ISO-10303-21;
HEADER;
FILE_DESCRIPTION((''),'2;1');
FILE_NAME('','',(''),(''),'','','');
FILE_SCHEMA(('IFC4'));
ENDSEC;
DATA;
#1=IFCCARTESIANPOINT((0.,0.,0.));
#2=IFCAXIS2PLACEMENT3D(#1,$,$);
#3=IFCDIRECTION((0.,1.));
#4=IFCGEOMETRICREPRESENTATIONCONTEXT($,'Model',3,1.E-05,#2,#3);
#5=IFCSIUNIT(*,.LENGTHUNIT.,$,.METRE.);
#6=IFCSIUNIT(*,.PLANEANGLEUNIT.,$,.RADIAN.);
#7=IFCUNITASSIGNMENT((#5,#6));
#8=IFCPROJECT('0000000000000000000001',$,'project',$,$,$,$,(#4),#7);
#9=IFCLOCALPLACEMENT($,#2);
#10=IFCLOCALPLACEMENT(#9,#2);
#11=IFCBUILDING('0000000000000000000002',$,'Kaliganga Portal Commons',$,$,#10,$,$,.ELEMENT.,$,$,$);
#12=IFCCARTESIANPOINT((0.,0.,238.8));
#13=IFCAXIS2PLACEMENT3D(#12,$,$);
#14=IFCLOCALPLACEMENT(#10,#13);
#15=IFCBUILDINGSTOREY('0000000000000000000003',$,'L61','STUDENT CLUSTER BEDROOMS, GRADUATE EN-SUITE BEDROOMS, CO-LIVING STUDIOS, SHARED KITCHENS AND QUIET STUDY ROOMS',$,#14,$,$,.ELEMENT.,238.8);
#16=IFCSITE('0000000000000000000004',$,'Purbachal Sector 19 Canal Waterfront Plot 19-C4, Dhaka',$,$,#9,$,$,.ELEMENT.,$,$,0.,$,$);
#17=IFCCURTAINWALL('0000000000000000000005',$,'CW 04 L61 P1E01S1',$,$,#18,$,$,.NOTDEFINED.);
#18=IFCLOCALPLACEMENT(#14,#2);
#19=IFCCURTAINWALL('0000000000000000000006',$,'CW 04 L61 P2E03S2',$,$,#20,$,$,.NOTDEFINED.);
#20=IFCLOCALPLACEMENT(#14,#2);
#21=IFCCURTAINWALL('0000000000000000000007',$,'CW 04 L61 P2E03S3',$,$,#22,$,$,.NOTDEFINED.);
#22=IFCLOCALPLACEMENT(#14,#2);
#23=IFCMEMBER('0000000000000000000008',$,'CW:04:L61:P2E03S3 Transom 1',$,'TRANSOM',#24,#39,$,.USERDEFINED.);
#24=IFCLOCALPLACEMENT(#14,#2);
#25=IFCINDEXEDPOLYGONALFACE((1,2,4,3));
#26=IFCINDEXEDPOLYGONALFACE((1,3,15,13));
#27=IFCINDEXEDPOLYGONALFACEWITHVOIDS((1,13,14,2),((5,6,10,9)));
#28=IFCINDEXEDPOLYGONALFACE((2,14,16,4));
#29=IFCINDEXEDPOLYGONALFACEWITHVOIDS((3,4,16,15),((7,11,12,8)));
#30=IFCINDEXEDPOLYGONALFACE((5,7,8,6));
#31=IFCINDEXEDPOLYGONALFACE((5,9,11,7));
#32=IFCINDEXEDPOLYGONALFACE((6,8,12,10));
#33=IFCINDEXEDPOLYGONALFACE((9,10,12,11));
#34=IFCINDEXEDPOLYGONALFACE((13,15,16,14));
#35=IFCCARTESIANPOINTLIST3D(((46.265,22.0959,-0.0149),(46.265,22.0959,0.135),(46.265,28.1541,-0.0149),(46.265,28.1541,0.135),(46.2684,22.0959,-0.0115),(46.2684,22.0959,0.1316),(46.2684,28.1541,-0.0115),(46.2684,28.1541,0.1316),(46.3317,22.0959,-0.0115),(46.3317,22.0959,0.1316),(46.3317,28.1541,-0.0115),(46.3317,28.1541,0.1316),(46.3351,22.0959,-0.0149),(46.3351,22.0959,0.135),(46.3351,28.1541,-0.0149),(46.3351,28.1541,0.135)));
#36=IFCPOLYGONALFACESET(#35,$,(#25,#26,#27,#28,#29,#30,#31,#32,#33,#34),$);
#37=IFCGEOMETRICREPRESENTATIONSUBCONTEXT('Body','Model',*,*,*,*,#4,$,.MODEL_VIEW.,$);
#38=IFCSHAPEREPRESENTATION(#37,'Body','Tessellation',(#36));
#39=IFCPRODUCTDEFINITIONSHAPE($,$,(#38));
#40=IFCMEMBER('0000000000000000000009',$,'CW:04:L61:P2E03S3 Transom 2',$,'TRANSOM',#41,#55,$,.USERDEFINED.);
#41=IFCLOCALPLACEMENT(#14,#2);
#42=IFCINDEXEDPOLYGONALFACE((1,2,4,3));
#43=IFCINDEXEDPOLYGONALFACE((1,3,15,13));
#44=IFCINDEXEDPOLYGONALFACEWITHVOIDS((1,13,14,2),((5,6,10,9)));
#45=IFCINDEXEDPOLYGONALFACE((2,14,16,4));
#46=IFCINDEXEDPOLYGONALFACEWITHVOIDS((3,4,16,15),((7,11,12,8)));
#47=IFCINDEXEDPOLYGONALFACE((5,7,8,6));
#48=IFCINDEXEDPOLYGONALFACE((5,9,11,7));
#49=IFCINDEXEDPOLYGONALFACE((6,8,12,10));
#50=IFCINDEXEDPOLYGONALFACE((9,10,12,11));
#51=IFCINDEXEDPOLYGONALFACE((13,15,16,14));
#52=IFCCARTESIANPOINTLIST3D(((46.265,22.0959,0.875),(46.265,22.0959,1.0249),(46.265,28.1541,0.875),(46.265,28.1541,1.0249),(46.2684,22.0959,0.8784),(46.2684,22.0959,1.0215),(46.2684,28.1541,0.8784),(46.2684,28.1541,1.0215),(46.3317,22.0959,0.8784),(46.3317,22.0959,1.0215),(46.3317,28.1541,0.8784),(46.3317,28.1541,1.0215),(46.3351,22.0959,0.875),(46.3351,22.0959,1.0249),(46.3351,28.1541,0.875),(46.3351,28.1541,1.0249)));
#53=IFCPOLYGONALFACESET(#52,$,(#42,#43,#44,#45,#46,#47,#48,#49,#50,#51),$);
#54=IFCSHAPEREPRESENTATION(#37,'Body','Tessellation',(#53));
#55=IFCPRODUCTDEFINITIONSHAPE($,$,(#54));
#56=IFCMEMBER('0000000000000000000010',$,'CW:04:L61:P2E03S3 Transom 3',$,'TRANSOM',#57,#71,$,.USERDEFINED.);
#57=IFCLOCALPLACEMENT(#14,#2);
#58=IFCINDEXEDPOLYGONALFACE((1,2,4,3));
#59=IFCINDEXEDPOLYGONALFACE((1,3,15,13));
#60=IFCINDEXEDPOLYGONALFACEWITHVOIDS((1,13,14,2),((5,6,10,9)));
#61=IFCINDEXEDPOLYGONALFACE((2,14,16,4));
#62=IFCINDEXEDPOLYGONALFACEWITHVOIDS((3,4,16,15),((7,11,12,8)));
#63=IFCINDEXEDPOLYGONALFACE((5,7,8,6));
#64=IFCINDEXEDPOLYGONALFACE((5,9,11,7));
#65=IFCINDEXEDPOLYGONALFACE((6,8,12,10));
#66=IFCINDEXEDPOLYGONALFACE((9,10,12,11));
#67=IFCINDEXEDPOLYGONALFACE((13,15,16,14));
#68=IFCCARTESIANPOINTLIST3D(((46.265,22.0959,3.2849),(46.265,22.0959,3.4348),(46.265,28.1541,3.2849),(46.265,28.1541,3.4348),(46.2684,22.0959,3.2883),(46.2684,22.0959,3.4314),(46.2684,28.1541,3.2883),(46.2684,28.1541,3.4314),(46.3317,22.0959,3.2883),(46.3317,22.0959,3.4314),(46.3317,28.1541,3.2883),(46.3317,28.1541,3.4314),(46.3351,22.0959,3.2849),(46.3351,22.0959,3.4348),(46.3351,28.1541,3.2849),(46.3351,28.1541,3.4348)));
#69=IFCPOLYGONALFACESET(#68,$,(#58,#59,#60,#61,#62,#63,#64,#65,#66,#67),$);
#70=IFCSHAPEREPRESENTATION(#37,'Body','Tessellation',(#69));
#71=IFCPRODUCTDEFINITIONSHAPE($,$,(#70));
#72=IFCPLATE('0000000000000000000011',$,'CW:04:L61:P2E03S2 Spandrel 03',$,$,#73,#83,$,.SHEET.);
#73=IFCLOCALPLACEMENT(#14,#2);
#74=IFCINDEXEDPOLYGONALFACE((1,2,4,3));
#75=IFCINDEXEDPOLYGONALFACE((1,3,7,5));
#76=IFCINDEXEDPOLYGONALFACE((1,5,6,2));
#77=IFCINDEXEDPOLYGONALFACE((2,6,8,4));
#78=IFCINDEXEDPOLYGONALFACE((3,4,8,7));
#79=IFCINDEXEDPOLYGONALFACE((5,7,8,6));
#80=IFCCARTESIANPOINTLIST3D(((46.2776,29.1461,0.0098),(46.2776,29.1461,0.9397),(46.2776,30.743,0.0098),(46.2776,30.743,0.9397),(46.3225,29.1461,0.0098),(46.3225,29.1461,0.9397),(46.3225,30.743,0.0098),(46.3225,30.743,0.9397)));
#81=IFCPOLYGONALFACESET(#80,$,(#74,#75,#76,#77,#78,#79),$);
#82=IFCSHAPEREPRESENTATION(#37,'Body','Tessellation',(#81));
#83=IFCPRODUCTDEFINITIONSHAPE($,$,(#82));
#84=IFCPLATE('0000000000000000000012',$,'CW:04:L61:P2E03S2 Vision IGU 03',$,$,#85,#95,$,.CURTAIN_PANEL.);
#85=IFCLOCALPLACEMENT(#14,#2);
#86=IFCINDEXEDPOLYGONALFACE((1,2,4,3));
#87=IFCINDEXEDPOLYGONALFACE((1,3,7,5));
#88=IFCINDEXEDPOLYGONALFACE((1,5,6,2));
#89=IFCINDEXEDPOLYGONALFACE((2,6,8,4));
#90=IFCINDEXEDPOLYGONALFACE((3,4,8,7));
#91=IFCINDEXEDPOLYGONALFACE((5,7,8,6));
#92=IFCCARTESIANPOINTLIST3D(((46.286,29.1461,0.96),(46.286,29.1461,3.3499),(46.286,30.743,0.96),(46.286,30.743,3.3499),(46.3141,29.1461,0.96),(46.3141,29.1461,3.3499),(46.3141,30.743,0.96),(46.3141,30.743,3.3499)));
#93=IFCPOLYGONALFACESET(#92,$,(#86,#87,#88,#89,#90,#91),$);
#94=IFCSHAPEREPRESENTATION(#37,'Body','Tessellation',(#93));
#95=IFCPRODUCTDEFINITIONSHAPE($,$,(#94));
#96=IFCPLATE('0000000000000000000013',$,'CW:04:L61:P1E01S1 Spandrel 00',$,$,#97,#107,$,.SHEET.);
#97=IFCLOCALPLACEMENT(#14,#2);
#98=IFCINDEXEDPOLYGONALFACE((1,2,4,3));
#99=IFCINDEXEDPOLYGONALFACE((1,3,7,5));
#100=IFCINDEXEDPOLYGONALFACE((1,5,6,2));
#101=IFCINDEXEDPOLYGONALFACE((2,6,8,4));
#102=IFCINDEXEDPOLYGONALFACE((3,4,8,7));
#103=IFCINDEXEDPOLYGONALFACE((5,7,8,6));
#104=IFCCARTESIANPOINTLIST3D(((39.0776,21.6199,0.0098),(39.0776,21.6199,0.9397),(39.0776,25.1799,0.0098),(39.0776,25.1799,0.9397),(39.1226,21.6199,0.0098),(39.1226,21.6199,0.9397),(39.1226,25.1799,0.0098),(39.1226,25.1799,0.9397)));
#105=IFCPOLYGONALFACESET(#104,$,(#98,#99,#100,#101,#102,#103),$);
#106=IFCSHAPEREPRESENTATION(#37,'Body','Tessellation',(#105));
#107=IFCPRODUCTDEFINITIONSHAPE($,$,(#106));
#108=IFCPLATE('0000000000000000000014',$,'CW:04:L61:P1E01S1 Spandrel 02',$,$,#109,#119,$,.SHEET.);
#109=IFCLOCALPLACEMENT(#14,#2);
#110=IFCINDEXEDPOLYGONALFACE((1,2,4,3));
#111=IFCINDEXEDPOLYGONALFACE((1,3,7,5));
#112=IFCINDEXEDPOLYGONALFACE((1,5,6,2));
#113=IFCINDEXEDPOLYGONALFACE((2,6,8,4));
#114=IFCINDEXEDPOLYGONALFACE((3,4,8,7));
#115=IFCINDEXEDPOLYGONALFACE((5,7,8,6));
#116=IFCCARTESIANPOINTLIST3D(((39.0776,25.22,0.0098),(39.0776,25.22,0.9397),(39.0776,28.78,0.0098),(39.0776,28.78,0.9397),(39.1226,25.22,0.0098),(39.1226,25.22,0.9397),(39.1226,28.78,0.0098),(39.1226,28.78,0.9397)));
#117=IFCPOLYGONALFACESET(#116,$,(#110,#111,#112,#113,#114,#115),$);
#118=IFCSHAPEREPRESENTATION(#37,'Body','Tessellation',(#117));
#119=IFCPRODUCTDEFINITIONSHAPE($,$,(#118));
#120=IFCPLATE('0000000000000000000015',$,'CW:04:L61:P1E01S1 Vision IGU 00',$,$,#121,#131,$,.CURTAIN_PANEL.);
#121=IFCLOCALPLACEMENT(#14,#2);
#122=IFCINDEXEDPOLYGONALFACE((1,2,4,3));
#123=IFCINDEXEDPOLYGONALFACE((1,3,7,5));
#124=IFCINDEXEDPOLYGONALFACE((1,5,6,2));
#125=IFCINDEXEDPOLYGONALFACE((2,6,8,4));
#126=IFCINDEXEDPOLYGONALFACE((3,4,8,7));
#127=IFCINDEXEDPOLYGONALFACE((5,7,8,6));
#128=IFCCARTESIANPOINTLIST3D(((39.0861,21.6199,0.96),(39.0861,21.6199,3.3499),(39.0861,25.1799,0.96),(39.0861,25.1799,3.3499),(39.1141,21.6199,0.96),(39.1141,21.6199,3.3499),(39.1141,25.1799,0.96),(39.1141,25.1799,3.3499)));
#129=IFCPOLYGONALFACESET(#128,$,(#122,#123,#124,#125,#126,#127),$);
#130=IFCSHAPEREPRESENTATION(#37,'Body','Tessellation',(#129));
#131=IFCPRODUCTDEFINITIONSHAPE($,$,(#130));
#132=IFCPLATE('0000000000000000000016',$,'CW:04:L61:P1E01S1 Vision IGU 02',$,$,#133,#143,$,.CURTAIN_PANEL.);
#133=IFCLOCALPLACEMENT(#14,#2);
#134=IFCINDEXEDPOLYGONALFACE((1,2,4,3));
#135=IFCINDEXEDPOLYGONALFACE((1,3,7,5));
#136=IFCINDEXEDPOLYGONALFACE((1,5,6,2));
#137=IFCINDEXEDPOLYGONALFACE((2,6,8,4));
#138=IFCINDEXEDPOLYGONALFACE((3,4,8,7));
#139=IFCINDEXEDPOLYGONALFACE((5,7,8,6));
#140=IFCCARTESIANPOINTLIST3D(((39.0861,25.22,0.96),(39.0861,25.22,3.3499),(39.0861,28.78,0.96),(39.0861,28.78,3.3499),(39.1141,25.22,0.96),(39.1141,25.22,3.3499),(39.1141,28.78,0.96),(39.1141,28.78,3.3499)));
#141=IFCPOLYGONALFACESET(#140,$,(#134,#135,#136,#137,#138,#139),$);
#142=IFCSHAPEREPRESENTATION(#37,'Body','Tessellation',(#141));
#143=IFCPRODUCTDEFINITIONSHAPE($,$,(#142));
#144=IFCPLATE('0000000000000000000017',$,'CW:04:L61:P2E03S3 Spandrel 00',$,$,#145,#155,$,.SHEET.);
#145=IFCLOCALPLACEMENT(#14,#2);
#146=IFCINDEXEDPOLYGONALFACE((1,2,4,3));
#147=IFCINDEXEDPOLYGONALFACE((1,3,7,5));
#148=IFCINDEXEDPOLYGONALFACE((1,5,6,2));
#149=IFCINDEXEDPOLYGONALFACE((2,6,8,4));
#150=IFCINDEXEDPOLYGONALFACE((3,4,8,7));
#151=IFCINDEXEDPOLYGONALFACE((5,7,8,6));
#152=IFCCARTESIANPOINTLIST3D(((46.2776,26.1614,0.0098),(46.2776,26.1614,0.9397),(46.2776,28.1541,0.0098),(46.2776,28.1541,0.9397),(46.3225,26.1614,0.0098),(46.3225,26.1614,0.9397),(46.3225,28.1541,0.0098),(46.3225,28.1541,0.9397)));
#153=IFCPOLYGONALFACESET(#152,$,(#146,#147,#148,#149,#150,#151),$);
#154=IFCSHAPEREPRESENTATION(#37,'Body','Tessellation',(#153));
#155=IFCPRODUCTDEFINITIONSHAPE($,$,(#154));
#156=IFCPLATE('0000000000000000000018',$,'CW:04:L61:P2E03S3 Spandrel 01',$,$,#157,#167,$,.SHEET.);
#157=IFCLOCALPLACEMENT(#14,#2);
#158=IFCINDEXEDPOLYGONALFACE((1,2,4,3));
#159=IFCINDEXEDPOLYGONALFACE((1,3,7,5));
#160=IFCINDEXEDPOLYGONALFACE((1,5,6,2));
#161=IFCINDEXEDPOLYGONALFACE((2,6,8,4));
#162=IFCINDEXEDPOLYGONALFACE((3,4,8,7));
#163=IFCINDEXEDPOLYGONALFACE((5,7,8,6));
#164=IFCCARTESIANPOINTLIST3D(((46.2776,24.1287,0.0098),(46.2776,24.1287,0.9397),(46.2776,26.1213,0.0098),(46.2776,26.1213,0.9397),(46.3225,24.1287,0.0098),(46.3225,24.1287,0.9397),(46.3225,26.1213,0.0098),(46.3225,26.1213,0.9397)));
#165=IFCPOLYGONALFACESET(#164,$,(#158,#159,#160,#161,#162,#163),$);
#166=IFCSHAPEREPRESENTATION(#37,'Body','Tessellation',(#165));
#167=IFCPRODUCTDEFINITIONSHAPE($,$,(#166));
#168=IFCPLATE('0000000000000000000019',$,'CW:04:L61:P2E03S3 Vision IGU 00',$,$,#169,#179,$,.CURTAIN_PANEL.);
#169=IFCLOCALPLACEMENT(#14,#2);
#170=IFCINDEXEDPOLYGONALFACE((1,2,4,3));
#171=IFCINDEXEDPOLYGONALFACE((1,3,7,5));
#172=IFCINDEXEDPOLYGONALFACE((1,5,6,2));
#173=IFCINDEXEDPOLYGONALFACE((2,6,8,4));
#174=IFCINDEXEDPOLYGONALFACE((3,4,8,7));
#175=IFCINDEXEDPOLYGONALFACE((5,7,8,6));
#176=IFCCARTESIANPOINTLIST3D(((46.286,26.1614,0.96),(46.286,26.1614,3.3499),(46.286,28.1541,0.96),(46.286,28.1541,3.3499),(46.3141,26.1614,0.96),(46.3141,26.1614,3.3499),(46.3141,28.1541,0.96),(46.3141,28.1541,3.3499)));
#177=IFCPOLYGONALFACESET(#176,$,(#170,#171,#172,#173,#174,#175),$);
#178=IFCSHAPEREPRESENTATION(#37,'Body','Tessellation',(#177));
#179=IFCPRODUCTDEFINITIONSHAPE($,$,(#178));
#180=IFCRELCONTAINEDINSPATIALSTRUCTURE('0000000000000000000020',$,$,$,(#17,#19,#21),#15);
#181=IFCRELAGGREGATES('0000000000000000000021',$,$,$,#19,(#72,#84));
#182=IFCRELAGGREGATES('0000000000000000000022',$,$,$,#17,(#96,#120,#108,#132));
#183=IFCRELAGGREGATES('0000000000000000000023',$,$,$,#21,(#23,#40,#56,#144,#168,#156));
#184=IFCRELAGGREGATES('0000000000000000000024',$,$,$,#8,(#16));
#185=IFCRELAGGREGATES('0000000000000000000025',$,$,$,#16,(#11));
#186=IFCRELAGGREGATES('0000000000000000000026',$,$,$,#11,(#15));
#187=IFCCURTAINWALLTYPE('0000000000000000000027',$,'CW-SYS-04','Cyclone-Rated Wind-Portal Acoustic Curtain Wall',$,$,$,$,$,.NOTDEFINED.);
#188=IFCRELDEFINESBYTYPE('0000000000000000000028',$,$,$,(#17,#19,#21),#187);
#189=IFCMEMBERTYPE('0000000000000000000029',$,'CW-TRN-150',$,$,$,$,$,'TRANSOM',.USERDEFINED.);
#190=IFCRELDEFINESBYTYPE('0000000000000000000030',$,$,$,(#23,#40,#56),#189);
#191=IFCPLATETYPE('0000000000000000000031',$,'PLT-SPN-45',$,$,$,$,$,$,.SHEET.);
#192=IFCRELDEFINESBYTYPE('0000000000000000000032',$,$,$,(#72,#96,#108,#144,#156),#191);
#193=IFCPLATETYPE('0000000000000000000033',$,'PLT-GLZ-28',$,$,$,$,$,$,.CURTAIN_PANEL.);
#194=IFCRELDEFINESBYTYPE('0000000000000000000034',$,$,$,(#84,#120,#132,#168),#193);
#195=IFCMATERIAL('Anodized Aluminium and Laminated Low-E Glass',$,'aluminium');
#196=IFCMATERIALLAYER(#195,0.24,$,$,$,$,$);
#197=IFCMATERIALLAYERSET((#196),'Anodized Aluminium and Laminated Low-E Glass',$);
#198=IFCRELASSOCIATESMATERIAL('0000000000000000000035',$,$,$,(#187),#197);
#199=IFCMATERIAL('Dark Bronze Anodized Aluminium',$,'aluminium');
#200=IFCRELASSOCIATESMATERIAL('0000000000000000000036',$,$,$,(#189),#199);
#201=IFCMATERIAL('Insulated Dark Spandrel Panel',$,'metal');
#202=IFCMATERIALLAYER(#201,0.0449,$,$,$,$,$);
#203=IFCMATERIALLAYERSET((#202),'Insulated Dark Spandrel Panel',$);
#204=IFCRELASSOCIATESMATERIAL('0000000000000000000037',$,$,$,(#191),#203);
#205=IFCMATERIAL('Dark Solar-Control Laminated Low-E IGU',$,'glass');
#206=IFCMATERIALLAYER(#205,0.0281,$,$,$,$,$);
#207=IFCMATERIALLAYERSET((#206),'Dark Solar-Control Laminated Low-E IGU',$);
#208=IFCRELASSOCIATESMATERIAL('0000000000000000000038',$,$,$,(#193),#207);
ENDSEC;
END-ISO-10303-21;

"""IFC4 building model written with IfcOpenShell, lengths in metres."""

from ifc_helpers import new_model, si_unit, direction, frame, origin, origin_2d, place, context, subcontext, project, spatial, rectangle, hollow_rectangle, extrude, source, transform, mapped, material, layer, layer_set, material_profile, profile_set, type_object, element, aggregate, save


model = new_model("IFC4")

# Units and contexts
model_context = context("Model", 3, precision=1e-05, world=origin(), true_north=direction((0.0, 1.0)))
body_context = subcontext(model_context, "Body", "Model", "MODEL_VIEW")
ifc_project = project(units=[si_unit("LENGTHUNIT", "METRE"), si_unit("PLANEANGLEUNIT", "RADIAN")], contexts=[model_context])

# Site, building, storey
site_placement = place(None, origin())
site = spatial("IfcSite", under=ifc_project, at=site_placement, Name="Purbachal Sector 19 Canal Waterfront Plot 19-C4, Dhaka", CompositionType="ELEMENT", RefElevation=0.0)
building_placement = place(site_placement, origin())
building = spatial("IfcBuilding", under=site, at=building_placement, Name="Kaliganga Portal Commons", CompositionType="ELEMENT")
storey_placement = place(building_placement, frame((0.0, 0.0, 238.8)))
storey = spatial("IfcBuildingStorey", under=building, at=storey_placement, Name="L61", Description="STUDENT CLUSTER BEDROOMS, GRADUATE EN-SUITE BEDROOMS, CO-LIVING STUDIOS, SHARED KITCHENS AND QUIET STUDY ROOMS", CompositionType="ELEMENT", Elevation=238.8)

# Curtain wall
ifc_material_1 = material(Name="Anodized Aluminium and Laminated Low-E Glass", Category="aluminium")
ifc_layer_1 = layer(ifc_material_1, 0.24)
ifc_layer_set_1 = layer_set([ifc_layer_1], Name="Anodized Aluminium and Laminated Low-E Glass")
curtain_wall_type = type_object("IfcCurtainWallType", Name="CW-SYS-04", Description="Cyclone-Rated Wind-Portal Acoustic Curtain Wall", PredefinedType="NOTDEFINED", material=ifc_layer_set_1)
curtain_wall_1_placement = place(storey_placement, origin())
curtain_wall_1 = element("IfcCurtainWall", 1, at=curtain_wall_1_placement, inside=storey, type_object=curtain_wall_type, Name="CW 04 L61 P1E01S1", PredefinedType="NOTDEFINED")
ifc_material_2 = material(Name="Dark Bronze Anodized Aluminium", Category="aluminium")

# Curtain wall
curtain_wall_2_placement = place(storey_placement, origin())
curtain_wall_2 = element("IfcCurtainWall", 2, at=curtain_wall_2_placement, inside=storey, type_object=curtain_wall_type, Name="CW 04 L61 P2E03S2", PredefinedType="NOTDEFINED")

# Curtain wall, members
curtain_wall_3_placement = place(storey_placement, origin())
curtain_wall_3 = element("IfcCurtainWall", 3, at=curtain_wall_3_placement, inside=storey, type_object=curtain_wall_type, Name="CW 04 L61 P2E03S3", PredefinedType="NOTDEFINED")
ifc_material_profile_1 = material_profile(ifc_material_2, hollow_rectangle(XDim=0.0701, YDim=0.1499, WallThickness=0.0034, at=origin_2d()), Name="ALU TRAN 70x150x3.5")
ifc_profile_set_1 = profile_set([ifc_material_profile_1], Name="Dark Bronze Anodized Aluminium")
member_type_1 = type_object("IfcMemberType", Name="CW-TRN-150", ElementType="TRANSOM", PredefinedType="USERDEFINED", material=ifc_profile_set_1)
shared_shape_1 = source(origin(), body_context, "Body", "SweptSolid", [
    extrude(hollow_rectangle(XDim=0.0701, YDim=0.1499, WallThickness=0.0034, at=origin_2d()), origin(), (0.0, 0.0, 1.0), 6.0581),
])
member_1_placement = place(storey_placement, frame((46.3, 28.1541, 0.0601), z_axis=(0.0, -1.0, 0.0), x_axis=(1.0, 0.0, 0.0)))
member_1 = element("IfcMember", 4, at=member_1_placement, type_object=member_type_1, Name="CW:04:L61:P2E03S3 Transom 1", ObjectType="TRANSOM", PredefinedType="USERDEFINED", context=body_context, shape_type="MappedRepresentation", body=[
    mapped(shared_shape_1, transform((0.0, 0.0, 0.0), x_axis=(1.0, 0.0, 0.0), y_axis=(0.0, 1.0, 0.0), z_axis=(0.0, 0.0, 1.0), scale=1.0)),
])
member_2_placement = place(storey_placement, frame((46.3, 28.1541, 0.95), z_axis=(0.0, -1.0, 0.0), x_axis=(1.0, 0.0, 0.0)))
member_2 = element("IfcMember", 5, at=member_2_placement, type_object=member_type_1, Name="CW:04:L61:P2E03S3 Transom 2", ObjectType="TRANSOM", PredefinedType="USERDEFINED", context=body_context, shape_type="MappedRepresentation", body=[
    mapped(shared_shape_1, transform((0.0, 0.0, 0.0), x_axis=(1.0, 0.0, 0.0), y_axis=(0.0, 1.0, 0.0), z_axis=(0.0, 0.0, 1.0), scale=1.0)),
])
member_3_placement = place(storey_placement, frame((46.3, 28.1541, 3.3599), z_axis=(0.0, -1.0, 0.0), x_axis=(1.0, 0.0, 0.0)))
member_3 = element("IfcMember", 6, at=member_3_placement, type_object=member_type_1, Name="CW:04:L61:P2E03S3 Transom 3", ObjectType="TRANSOM", PredefinedType="USERDEFINED", context=body_context, shape_type="MappedRepresentation", body=[
    mapped(shared_shape_1, transform((0.0, 0.0, 0.0), x_axis=(1.0, 0.0, 0.0), y_axis=(0.0, 1.0, 0.0), z_axis=(0.0, 0.0, 1.0), scale=1.0)),
])

# Plates
ifc_material_3 = material(Name="Insulated Dark Spandrel Panel", Category="metal")
ifc_layer_2 = layer(ifc_material_3, 0.0449)
ifc_layer_set_2 = layer_set([ifc_layer_2], Name="Insulated Dark Spandrel Panel")
plate_type_1 = type_object("IfcPlateType", Name="PLT-SPN-45", PredefinedType="SHEET", material=ifc_layer_set_2)
shared_shape_2 = source(origin(), body_context, "Body", "SweptSolid", [
    extrude(rectangle(XDim=1.5969, YDim=0.0449, at=origin_2d()), origin(), (0.0, 0.0, 1.0), 0.9299),
])
plate_1_placement = place(storey_placement, frame((46.3, 29.9446, 0.0098), z_axis=(0.0, 0.0, 1.0), x_axis=(0.0, -1.0, 0.0)))
plate_1 = element("IfcPlate", 7, at=plate_1_placement, type_object=plate_type_1, Name="CW:04:L61:P2E03S2 Spandrel 03", PredefinedType="SHEET", context=body_context, shape_type="MappedRepresentation", body=[
    mapped(shared_shape_2, transform((0.0, 0.0, 0.0), x_axis=(1.0, 0.0, 0.0), y_axis=(0.0, 1.0, 0.0), z_axis=(0.0, 0.0, 1.0), scale=1.0)),
])
ifc_material_4 = material(Name="Dark Solar-Control Laminated Low-E IGU", Category="glass")
ifc_layer_3 = layer(ifc_material_4, 0.0281)
ifc_layer_set_3 = layer_set([ifc_layer_3], Name="Dark Solar-Control Laminated Low-E IGU")
plate_type_2 = type_object("IfcPlateType", Name="PLT-GLZ-28", PredefinedType="CURTAIN_PANEL", material=ifc_layer_set_3)
shared_shape_3 = source(origin(), body_context, "Body", "SweptSolid", [
    extrude(rectangle(XDim=1.5969, YDim=0.0281, at=origin_2d()), origin(), (0.0, 0.0, 1.0), 2.3899),
])
plate_2_placement = place(storey_placement, frame((46.3, 29.9446, 0.96), z_axis=(0.0, 0.0, 1.0), x_axis=(0.0, -1.0, 0.0)))
plate_2 = element("IfcPlate", 8, at=plate_2_placement, type_object=plate_type_2, Name="CW:04:L61:P2E03S2 Vision IGU 03", PredefinedType="CURTAIN_PANEL", context=body_context, shape_type="MappedRepresentation", body=[
    mapped(shared_shape_3, transform((0.0, 0.0, 0.0), x_axis=(1.0, 0.0, 0.0), y_axis=(0.0, 1.0, 0.0), z_axis=(0.0, 0.0, 1.0), scale=1.0)),
])
aggregate(curtain_wall_2, [plate_1, plate_2])
shared_shape_4 = source(origin(), body_context, "Body", "SweptSolid", [
    extrude(rectangle(XDim=3.5601, YDim=0.0449, at=origin_2d()), origin(), (0.0, 0.0, 1.0), 0.9299),
])
plate_3_placement = place(storey_placement, frame((39.1001, 23.3999, 0.0098), z_axis=(0.0, 0.0, 1.0), x_axis=(0.0, 1.0, 0.0)))
plate_3 = element("IfcPlate", 9, at=plate_3_placement, type_object=plate_type_1, Name="CW:04:L61:P1E01S1 Spandrel 00", PredefinedType="SHEET", context=body_context, shape_type="MappedRepresentation", body=[
    mapped(shared_shape_4, transform((0.0, 0.0, 0.0), x_axis=(1.0, 0.0, 0.0), y_axis=(0.0, 1.0, 0.0), z_axis=(0.0, 0.0, 1.0), scale=1.0)),
])
plate_4_placement = place(storey_placement, frame((39.1001, 27.0, 0.0098), z_axis=(0.0, 0.0, 1.0), x_axis=(0.0, 1.0, 0.0)))
plate_4 = element("IfcPlate", 10, at=plate_4_placement, type_object=plate_type_1, Name="CW:04:L61:P1E01S1 Spandrel 02", PredefinedType="SHEET", context=body_context, shape_type="MappedRepresentation", body=[
    mapped(shared_shape_4, transform((0.0, 0.0, 0.0), x_axis=(1.0, 0.0, 0.0), y_axis=(0.0, 1.0, 0.0), z_axis=(0.0, 0.0, 1.0), scale=1.0)),
])
shared_shape_5 = source(origin(), body_context, "Body", "SweptSolid", [
    extrude(rectangle(XDim=3.5601, YDim=0.0281, at=origin_2d()), origin(), (0.0, 0.0, 1.0), 2.3899),
])
plate_5_placement = place(storey_placement, frame((39.1001, 23.3999, 0.96), z_axis=(0.0, 0.0, 1.0), x_axis=(0.0, 1.0, 0.0)))
plate_5 = element("IfcPlate", 11, at=plate_5_placement, type_object=plate_type_2, Name="CW:04:L61:P1E01S1 Vision IGU 00", PredefinedType="CURTAIN_PANEL", context=body_context, shape_type="MappedRepresentation", body=[
    mapped(shared_shape_5, transform((0.0, 0.0, 0.0), x_axis=(1.0, 0.0, 0.0), y_axis=(0.0, 1.0, 0.0), z_axis=(0.0, 0.0, 1.0), scale=1.0)),
])
plate_6_placement = place(storey_placement, frame((39.1001, 27.0, 0.96), z_axis=(0.0, 0.0, 1.0), x_axis=(0.0, 1.0, 0.0)))
plate_6 = element("IfcPlate", 12, at=plate_6_placement, type_object=plate_type_2, Name="CW:04:L61:P1E01S1 Vision IGU 02", PredefinedType="CURTAIN_PANEL", context=body_context, shape_type="MappedRepresentation", body=[
    mapped(shared_shape_5, transform((0.0, 0.0, 0.0), x_axis=(1.0, 0.0, 0.0), y_axis=(0.0, 1.0, 0.0), z_axis=(0.0, 0.0, 1.0), scale=1.0)),
])
aggregate(curtain_wall_1, [plate_3, plate_5, plate_4, plate_6])
shared_shape_6 = source(origin(), body_context, "Body", "SweptSolid", [
    extrude(rectangle(XDim=1.9927, YDim=0.0449, at=origin_2d()), origin(), (0.0, 0.0, 1.0), 0.9299),
])
plate_7_placement = place(storey_placement, frame((46.3, 27.1577, 0.0098), z_axis=(0.0, 0.0, 1.0), x_axis=(0.0, -1.0, 0.0)))
plate_7 = element("IfcPlate", 13, at=plate_7_placement, type_object=plate_type_1, Name="CW:04:L61:P2E03S3 Spandrel 00", PredefinedType="SHEET", context=body_context, shape_type="MappedRepresentation", body=[
    mapped(shared_shape_6, transform((0.0, 0.0, 0.0), x_axis=(1.0, 0.0, 0.0), y_axis=(0.0, 1.0, 0.0), z_axis=(0.0, 0.0, 1.0), scale=1.0)),
])
plate_8_placement = place(storey_placement, frame((46.3, 25.125, 0.0098), z_axis=(0.0, 0.0, 1.0), x_axis=(0.0, -1.0, 0.0)))
plate_8 = element("IfcPlate", 14, at=plate_8_placement, type_object=plate_type_1, Name="CW:04:L61:P2E03S3 Spandrel 01", PredefinedType="SHEET", context=body_context, shape_type="MappedRepresentation", body=[
    mapped(shared_shape_6, transform((0.0, 0.0, 0.0), x_axis=(1.0, 0.0, 0.0), y_axis=(0.0, 1.0, 0.0), z_axis=(0.0, 0.0, 1.0), scale=1.0)),
])
shared_shape_7 = source(origin(), body_context, "Body", "SweptSolid", [
    extrude(rectangle(XDim=1.9927, YDim=0.0281, at=origin_2d()), origin(), (0.0, 0.0, 1.0), 2.3899),
])
plate_9_placement = place(storey_placement, frame((46.3, 27.1577, 0.96), z_axis=(0.0, 0.0, 1.0), x_axis=(0.0, -1.0, 0.0)))
plate_9 = element("IfcPlate", 15, at=plate_9_placement, type_object=plate_type_2, Name="CW:04:L61:P2E03S3 Vision IGU 00", PredefinedType="CURTAIN_PANEL", context=body_context, shape_type="MappedRepresentation", body=[
    mapped(shared_shape_7, transform((0.0, 0.0, 0.0), x_axis=(1.0, 0.0, 0.0), y_axis=(0.0, 1.0, 0.0), z_axis=(0.0, 0.0, 1.0), scale=1.0)),
])
aggregate(curtain_wall_3, [member_1, member_2, member_3, plate_7, plate_9, plate_8])

save(model, "model.ifc")
